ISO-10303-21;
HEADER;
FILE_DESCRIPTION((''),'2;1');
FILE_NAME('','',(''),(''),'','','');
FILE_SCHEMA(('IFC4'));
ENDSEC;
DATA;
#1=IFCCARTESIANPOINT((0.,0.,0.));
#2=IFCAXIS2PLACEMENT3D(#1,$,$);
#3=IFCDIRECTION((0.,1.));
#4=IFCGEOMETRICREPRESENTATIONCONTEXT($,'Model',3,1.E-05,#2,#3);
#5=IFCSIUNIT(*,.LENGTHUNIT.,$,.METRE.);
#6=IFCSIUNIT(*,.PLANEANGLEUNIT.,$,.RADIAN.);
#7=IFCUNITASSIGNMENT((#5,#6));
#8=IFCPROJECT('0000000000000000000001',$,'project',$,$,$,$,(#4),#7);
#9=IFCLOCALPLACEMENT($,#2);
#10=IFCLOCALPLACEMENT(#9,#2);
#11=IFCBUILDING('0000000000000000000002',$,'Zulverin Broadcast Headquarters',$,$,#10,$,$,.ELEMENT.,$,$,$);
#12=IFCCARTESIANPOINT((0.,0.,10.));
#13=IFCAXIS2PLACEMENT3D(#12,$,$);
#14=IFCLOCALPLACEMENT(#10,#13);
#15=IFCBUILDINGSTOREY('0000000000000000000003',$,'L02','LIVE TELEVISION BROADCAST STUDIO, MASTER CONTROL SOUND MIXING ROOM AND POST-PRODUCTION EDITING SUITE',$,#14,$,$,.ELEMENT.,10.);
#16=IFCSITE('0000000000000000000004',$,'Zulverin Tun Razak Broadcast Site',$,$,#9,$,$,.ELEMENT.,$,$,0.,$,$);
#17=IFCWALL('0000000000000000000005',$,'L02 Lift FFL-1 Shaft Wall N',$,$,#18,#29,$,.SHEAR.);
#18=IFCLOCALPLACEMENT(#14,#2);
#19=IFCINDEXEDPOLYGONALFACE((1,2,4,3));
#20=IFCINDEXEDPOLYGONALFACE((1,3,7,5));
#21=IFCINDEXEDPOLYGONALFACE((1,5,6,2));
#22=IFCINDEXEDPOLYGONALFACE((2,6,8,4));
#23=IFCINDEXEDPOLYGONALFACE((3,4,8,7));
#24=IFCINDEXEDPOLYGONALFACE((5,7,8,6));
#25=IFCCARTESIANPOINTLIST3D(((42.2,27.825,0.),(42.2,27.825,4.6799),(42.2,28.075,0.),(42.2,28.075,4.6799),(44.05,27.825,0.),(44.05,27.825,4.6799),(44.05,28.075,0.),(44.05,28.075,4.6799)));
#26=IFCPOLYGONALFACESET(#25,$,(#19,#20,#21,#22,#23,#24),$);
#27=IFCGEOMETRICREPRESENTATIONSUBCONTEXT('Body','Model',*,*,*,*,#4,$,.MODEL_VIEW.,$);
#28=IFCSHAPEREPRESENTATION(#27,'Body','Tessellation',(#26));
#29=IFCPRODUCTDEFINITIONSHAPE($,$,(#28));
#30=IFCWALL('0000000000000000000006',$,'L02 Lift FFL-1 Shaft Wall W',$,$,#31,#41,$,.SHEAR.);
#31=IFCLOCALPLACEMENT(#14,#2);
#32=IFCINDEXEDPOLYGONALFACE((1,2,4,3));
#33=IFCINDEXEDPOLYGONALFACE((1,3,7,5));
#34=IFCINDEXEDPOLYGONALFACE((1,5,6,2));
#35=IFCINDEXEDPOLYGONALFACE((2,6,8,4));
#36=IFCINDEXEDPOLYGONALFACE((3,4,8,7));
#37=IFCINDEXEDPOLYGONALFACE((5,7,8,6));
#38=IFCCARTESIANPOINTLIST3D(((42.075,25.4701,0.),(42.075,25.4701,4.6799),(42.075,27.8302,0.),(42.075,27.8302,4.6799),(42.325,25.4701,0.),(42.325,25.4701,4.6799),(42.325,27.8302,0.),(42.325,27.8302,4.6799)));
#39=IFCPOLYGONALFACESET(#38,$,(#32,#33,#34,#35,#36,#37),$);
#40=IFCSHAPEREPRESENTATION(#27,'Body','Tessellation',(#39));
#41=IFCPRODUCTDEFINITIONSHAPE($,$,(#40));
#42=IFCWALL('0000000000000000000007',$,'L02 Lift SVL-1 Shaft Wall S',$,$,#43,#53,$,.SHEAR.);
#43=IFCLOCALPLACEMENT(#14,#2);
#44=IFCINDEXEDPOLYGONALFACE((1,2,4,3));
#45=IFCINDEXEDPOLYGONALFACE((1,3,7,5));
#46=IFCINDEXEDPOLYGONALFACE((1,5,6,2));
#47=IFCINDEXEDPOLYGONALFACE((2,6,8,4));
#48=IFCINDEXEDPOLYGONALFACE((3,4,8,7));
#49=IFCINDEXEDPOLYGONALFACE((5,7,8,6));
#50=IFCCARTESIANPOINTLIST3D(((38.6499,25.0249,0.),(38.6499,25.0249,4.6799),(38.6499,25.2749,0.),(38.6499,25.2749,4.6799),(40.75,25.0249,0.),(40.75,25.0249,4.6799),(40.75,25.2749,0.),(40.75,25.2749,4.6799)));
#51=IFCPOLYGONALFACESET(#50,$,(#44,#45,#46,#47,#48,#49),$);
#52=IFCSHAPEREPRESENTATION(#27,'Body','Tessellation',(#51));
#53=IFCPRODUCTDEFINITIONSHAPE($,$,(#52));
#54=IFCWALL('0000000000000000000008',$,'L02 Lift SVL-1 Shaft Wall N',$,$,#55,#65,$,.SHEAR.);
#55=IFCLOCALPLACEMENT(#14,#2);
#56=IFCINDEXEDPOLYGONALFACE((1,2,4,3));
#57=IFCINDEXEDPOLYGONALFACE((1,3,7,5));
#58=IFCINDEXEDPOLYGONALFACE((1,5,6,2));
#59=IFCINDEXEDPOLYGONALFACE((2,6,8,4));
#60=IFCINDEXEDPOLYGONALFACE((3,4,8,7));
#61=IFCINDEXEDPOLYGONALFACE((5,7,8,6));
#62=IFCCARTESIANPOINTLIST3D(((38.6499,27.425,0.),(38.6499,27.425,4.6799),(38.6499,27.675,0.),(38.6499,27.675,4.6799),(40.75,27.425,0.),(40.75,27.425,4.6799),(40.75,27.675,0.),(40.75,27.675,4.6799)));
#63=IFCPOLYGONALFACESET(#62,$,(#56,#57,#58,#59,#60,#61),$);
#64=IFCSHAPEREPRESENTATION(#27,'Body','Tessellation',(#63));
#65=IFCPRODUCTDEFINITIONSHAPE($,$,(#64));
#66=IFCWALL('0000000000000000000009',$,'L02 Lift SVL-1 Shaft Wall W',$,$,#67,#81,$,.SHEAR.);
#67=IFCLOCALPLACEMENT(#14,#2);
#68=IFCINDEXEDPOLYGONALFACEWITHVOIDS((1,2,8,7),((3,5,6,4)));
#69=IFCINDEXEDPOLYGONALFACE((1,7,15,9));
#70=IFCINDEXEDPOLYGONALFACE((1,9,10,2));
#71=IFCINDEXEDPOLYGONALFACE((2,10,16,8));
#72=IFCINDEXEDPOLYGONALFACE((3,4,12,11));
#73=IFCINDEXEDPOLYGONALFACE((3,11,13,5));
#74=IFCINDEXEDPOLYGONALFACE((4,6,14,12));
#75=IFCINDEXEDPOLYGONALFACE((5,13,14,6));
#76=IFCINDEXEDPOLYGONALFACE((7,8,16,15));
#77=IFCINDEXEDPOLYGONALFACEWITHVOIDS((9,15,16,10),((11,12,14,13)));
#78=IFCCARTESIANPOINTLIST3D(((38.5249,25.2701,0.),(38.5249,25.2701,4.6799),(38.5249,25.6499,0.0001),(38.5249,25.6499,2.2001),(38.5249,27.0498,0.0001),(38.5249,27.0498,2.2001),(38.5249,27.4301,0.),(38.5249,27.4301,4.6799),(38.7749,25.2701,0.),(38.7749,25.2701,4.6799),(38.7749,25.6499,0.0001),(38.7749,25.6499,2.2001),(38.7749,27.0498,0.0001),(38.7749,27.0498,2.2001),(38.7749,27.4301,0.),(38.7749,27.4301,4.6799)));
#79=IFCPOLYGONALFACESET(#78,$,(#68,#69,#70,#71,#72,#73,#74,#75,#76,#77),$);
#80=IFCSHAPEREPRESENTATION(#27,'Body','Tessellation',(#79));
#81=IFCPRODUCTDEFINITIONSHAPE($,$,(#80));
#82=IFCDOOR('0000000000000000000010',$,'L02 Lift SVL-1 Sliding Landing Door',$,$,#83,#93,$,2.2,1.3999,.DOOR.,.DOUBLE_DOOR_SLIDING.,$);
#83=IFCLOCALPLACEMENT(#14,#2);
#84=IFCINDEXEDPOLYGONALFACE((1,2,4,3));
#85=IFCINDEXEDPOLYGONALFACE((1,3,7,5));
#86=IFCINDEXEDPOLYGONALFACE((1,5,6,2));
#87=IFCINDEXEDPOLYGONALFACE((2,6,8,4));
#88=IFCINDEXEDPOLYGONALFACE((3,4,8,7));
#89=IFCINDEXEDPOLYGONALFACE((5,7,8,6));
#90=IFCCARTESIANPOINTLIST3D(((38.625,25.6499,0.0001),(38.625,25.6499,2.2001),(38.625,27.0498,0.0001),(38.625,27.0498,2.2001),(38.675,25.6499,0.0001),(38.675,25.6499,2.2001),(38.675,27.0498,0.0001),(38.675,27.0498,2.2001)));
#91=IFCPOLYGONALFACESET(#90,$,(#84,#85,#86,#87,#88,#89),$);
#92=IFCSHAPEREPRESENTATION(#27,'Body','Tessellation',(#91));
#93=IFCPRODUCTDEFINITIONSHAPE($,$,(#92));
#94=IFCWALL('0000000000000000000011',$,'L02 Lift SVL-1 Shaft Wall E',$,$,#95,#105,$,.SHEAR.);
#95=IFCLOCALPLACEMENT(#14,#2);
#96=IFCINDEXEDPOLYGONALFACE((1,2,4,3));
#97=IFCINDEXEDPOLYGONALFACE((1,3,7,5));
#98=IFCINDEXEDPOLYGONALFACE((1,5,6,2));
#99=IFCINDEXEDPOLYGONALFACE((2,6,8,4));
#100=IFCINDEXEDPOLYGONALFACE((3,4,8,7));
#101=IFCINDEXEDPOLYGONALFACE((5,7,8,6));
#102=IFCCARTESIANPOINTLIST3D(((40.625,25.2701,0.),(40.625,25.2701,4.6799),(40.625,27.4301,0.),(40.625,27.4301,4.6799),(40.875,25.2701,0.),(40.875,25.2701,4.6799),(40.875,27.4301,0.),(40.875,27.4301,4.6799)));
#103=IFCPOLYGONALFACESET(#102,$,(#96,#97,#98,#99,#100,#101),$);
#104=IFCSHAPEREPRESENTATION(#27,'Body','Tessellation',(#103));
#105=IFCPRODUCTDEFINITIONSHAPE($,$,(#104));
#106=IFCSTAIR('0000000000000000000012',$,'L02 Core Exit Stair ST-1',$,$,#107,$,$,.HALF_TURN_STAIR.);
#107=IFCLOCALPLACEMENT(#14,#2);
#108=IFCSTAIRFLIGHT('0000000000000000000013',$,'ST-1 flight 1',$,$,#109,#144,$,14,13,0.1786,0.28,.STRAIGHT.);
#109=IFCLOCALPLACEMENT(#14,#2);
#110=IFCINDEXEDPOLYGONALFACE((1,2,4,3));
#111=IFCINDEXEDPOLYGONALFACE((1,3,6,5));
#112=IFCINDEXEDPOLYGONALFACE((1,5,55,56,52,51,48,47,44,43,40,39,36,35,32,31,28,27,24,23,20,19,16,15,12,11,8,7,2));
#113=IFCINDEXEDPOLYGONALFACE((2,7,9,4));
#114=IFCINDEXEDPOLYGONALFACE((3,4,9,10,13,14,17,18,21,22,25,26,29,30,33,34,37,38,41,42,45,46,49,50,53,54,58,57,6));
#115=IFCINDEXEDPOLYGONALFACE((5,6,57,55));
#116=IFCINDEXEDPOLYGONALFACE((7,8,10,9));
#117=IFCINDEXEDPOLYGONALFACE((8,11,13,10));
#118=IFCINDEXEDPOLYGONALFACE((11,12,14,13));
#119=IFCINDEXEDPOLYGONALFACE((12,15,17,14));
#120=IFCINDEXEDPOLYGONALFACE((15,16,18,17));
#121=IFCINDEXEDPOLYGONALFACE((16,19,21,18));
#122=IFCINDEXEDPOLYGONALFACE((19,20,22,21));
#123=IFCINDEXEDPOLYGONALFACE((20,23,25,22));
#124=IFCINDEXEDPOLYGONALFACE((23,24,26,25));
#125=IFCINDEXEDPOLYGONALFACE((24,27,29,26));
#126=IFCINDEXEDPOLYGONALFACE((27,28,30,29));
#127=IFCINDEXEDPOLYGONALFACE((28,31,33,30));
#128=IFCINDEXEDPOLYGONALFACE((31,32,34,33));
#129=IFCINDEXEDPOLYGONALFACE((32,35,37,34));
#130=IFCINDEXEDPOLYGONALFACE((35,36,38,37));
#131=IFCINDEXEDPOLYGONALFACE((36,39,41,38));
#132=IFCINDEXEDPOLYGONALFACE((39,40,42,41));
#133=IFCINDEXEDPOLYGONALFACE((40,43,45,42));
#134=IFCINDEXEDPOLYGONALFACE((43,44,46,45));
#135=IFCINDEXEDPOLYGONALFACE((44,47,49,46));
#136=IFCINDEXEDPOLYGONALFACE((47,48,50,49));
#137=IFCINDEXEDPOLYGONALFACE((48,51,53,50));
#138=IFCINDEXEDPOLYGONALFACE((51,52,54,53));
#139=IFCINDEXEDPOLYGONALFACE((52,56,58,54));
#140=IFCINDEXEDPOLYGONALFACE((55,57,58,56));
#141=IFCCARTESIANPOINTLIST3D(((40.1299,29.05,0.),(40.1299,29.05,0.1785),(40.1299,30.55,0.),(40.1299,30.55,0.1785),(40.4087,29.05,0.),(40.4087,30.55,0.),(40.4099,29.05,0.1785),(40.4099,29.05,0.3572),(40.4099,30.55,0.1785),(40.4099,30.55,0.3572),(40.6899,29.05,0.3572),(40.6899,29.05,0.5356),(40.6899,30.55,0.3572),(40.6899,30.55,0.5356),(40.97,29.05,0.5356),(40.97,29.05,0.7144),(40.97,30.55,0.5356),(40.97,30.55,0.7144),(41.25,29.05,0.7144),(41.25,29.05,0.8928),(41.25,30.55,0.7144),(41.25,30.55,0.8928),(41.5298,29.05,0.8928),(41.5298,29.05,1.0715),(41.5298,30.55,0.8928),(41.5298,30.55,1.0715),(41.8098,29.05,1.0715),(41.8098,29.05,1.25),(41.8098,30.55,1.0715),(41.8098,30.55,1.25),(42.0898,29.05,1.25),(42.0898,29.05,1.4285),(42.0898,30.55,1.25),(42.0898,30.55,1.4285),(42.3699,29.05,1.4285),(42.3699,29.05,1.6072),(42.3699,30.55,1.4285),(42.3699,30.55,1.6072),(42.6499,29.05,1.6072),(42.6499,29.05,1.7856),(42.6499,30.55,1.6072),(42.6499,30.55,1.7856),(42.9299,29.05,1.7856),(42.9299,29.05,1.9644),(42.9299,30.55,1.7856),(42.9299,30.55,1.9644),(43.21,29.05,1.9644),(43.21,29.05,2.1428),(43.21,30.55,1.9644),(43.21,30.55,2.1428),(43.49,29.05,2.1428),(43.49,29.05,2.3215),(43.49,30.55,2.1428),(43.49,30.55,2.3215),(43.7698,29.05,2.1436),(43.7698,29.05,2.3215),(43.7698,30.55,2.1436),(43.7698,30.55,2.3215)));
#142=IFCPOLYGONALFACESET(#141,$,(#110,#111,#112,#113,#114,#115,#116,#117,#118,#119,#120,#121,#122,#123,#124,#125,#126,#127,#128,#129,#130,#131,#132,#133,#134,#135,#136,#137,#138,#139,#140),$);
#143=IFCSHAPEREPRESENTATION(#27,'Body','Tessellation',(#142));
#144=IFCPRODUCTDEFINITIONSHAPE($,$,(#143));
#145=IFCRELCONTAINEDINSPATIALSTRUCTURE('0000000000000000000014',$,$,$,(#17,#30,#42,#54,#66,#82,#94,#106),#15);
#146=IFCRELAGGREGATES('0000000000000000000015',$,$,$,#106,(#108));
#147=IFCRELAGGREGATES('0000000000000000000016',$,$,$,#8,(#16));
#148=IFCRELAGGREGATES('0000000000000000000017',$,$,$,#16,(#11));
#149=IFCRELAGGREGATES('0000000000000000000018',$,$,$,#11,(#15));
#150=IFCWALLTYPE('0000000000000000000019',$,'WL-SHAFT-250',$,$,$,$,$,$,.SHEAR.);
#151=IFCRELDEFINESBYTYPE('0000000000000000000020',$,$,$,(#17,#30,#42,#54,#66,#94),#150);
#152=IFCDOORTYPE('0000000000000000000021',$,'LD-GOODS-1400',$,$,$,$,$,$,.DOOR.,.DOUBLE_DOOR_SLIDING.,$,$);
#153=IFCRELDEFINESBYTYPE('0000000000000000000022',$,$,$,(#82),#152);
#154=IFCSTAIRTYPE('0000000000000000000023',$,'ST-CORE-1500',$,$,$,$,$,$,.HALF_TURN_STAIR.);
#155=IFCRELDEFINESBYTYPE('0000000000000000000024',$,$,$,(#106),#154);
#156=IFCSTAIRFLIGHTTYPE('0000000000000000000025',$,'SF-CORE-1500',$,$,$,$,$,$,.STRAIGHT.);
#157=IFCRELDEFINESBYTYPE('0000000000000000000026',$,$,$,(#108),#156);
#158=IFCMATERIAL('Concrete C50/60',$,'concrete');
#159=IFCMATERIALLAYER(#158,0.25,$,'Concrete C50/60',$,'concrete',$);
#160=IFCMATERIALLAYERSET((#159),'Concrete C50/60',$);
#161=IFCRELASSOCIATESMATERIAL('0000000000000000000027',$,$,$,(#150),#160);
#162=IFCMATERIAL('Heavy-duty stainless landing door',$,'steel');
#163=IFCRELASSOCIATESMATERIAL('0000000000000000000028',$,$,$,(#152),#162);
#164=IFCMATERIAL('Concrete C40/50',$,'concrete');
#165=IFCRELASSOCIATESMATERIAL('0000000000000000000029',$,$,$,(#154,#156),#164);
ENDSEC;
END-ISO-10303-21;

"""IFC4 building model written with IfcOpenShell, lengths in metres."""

from ifc_helpers import new_model, si_unit, direction, frame, frame_2d, origin, place, context, subcontext, project, spatial, polyline, rectangle, outline, extrude, material, layer, layer_set, type_object, element, fill, aggregate, save


model = new_model("IFC4")

# Units and contexts
model_context = context("Model", 3, precision=1e-05, world=origin(), true_north=direction((0.0, 1.0)))
body_context = subcontext(model_context, "Body", "Model", "MODEL_VIEW")
ifc_project = project(units=[si_unit("LENGTHUNIT", "METRE"), si_unit("PLANEANGLEUNIT", "RADIAN")], contexts=[model_context])

# Site, building, storey
site_placement = place(None, origin())
site = spatial("IfcSite", under=ifc_project, at=site_placement, Name="Zulverin Tun Razak Broadcast Site", CompositionType="ELEMENT", RefElevation=0.0)
building_placement = place(site_placement, origin())
building = spatial("IfcBuilding", under=site, at=building_placement, Name="Zulverin Broadcast Headquarters", CompositionType="ELEMENT")
storey_placement = place(building_placement, frame((0.0, 0.0, 10.0)))
storey = spatial("IfcBuildingStorey", under=building, at=storey_placement, Name="L02", Description="LIVE TELEVISION BROADCAST STUDIO, MASTER CONTROL SOUND MIXING ROOM AND POST-PRODUCTION EDITING SUITE", CompositionType="ELEMENT", Elevation=10.0)

# Shared definitions
ifc_material_1 = material(Name="Concrete C40/50", Category="concrete")

# Shared definitions
ifc_material_2 = material(Name="Concrete C50/60", Category="concrete")
ifc_layer_1 = layer(ifc_material_2, 0.25, Name="Concrete C50/60", Category="concrete")
ifc_layer_set_1 = layer_set([ifc_layer_1], Name="Concrete C50/60")
wall_type_1 = type_object("IfcWallType", Name="WL-SHAFT-250", PredefinedType="SHEAR", material=ifc_layer_set_1)

# Walls
wall_1_placement = place(storey_placement, frame((42.2, 27.95, 0.0), z_axis=(0.0, 0.0, 1.0), x_axis=(1.0, 0.0, 0.0)))
element("IfcWall", 1, at=wall_1_placement, inside=storey, type_object=wall_type_1, Name="L02 Lift FFL-1 Shaft Wall N", PredefinedType="SHEAR", context=body_context, shape_type="SweptSolid", body=[
    extrude(rectangle(XDim=1.8501, YDim=0.25, at=frame_2d((0.925, 0.0))), origin(), (0.0, 0.0, 1.0), 4.6799),
])
wall_2_placement = place(storey_placement, frame((42.2, 25.47, 0.0), z_axis=(0.0, 0.0, 1.0), x_axis=(0.0, 1.0, 0.0)))
element("IfcWall", 2, at=wall_2_placement, inside=storey, type_object=wall_type_1, Name="L02 Lift FFL-1 Shaft Wall W", PredefinedType="SHEAR", context=body_context, shape_type="SweptSolid", body=[
    extrude(rectangle(XDim=2.3601, YDim=0.25, at=frame_2d((1.1802, 0.0))), origin(), (0.0, 0.0, 1.0), 4.6799),
])
for number, where, z_axis, x_axis, name in (
    (3, (38.6499, 25.1499, 0.0), (0.0, 0.0, 1.0), (1.0, 0.0, 0.0), "L02 Lift SVL-1 Shaft Wall S"),
    (4, (38.6499, 27.55, 0.0), (0.0, 0.0, 1.0), (1.0, 0.0, 0.0), "L02 Lift SVL-1 Shaft Wall N"),
):
    element("IfcWall", number, at=place(storey_placement, frame(where, z_axis=z_axis, x_axis=x_axis)), inside=storey, type_object=wall_type_1, Name=name, PredefinedType="SHEAR", context=body_context, shape_type="SweptSolid", body=[
        extrude(rectangle(XDim=2.1001, YDim=0.25, at=frame_2d((1.05, 0.0))), origin(), (0.0, 0.0, 1.0), 4.6799),
    ])

# Wall, opening, door
wall_3_placement = place(storey_placement, frame((38.6499, 25.27, 0.0), z_axis=(0.0, 0.0, 1.0), x_axis=(0.0, 1.0, 0.0)))
wall_3 = element("IfcWall", 5, at=wall_3_placement, inside=storey, type_object=wall_type_1, Name="L02 Lift SVL-1 Shaft Wall W", PredefinedType="SHEAR", context=body_context, shape_type="SweptSolid", body=[
    extrude(rectangle(XDim=2.1599, YDim=0.25, at=frame_2d((1.0801, 0.0))), origin(), (0.0, 0.0, 1.0), 4.6799),
])
opening_1_placement = place(wall_3_placement, frame((0.3799, 0.0, 0.0)))
opening_1 = element("IfcOpeningElement", 6, at=opening_1_placement, cuts=wall_3, PredefinedType="OPENING", context=body_context, shape_type="SweptSolid", body=[
    extrude(rectangle(XDim=1.3999, YDim=2.2, at=frame_2d((0.7, 1.1001))), frame((0.0, 0.135, 0.0), z_axis=(0.0, -1.0, 0.0), x_axis=(1.0, 0.0, 0.0)), (0.0, 0.0, 1.0), 0.27),
])
ifc_material_3 = material(Name="Heavy-duty stainless landing door", Category="steel")
door_type_1 = type_object("IfcDoorType", Name="LD-GOODS-1400", OperationType="DOUBLE_DOOR_SLIDING", PredefinedType="DOOR", material=ifc_material_3)
door_1_placement = place(opening_1_placement, origin())
door_1 = element("IfcDoor", 7, at=door_1_placement, inside=storey, type_object=door_type_1, Name="L02 Lift SVL-1 Sliding Landing Door", OperationType="DOUBLE_DOOR_SLIDING", OverallHeight=2.2, OverallWidth=1.3999, PredefinedType="DOOR", context=body_context, shape_type="SweptSolid", body=[
    extrude(rectangle(XDim=1.3999, YDim=2.2, at=frame_2d((0.7, 1.1001))), frame((0.0, 0.0249, 0.0), z_axis=(0.0, -1.0, 0.0), x_axis=(1.0, 0.0, 0.0)), (0.0, 0.0, 1.0), 0.05),
])
fill(opening_1, door_1)

# Wall
wall_4_placement = place(storey_placement, frame((40.75, 25.27, 0.0), z_axis=(0.0, 0.0, 1.0), x_axis=(0.0, 1.0, 0.0)))
element("IfcWall", 8, at=wall_4_placement, inside=storey, type_object=wall_type_1, Name="L02 Lift SVL-1 Shaft Wall E", PredefinedType="SHEAR", context=body_context, shape_type="SweptSolid", body=[
    extrude(rectangle(XDim=2.1599, YDim=0.25, at=frame_2d((1.0801, 0.0))), origin(), (0.0, 0.0, 1.0), 4.6799),
])

# Stair, stair flight
stair_type = type_object("IfcStairType", Name="ST-CORE-1500", PredefinedType="HALF_TURN_STAIR", material=ifc_material_1)
stair_placement = place(storey_placement, origin())
stair = element("IfcStair", 9, at=stair_placement, inside=storey, type_object=stair_type, Name="L02 Core Exit Stair ST-1", PredefinedType="HALF_TURN_STAIR")
stair_flight_type = type_object("IfcStairFlightType", Name="SF-CORE-1500", PredefinedType="STRAIGHT", material=ifc_material_1)
stair_flight_placement = place(storey_placement, frame((40.1299, 29.8, 0.0), z_axis=(0.0, 0.0, 1.0), x_axis=(1.0, 0.0, 0.0)))
stair_flight = element("IfcStairFlight", 10, at=stair_flight_placement, type_object=stair_flight_type, Name="ST-1 flight 1", NumberOfRisers=14, NumberOfTreads=13, PredefinedType="STRAIGHT", RiserHeight=0.1786, TreadLength=0.28, context=body_context, shape_type="SweptSolid", body=[
    extrude(outline(polyline([(0.0, 0.0), (0.0, 0.1785), (0.28, 0.1785), (0.28, 0.3572), (0.5601, 0.3572), (0.5601, 0.5356), (0.8401, 0.5356), (0.8401, 0.7144), (1.1201, 0.7144), (1.1201, 0.8928), (1.3999, 0.8928), (1.3999, 1.0715), (1.6799, 1.0715), (1.6799, 1.25), (1.96, 1.25), (1.96, 1.4285), (2.24, 1.4285), (2.24, 1.6072), (2.52, 1.6072), (2.52, 1.7856), (2.8, 1.7856), (2.8, 1.9644), (3.0801, 1.9644), (3.0801, 2.1428), (3.3601, 2.1428), (3.3601, 2.3215), (3.6399, 2.3215), (3.6399, 2.5), (3.6399, 2.1436), (0.2788, 0.0), (0.0, 0.0)])), frame((0.0, 0.75, 0.0), z_axis=(0.0, -1.0, 0.0), x_axis=(1.0, 0.0, 0.0)), (0.0, 0.0, 1.0), 1.5),
])
aggregate(stair, [stair_flight])

save(model, "model.ifc")
